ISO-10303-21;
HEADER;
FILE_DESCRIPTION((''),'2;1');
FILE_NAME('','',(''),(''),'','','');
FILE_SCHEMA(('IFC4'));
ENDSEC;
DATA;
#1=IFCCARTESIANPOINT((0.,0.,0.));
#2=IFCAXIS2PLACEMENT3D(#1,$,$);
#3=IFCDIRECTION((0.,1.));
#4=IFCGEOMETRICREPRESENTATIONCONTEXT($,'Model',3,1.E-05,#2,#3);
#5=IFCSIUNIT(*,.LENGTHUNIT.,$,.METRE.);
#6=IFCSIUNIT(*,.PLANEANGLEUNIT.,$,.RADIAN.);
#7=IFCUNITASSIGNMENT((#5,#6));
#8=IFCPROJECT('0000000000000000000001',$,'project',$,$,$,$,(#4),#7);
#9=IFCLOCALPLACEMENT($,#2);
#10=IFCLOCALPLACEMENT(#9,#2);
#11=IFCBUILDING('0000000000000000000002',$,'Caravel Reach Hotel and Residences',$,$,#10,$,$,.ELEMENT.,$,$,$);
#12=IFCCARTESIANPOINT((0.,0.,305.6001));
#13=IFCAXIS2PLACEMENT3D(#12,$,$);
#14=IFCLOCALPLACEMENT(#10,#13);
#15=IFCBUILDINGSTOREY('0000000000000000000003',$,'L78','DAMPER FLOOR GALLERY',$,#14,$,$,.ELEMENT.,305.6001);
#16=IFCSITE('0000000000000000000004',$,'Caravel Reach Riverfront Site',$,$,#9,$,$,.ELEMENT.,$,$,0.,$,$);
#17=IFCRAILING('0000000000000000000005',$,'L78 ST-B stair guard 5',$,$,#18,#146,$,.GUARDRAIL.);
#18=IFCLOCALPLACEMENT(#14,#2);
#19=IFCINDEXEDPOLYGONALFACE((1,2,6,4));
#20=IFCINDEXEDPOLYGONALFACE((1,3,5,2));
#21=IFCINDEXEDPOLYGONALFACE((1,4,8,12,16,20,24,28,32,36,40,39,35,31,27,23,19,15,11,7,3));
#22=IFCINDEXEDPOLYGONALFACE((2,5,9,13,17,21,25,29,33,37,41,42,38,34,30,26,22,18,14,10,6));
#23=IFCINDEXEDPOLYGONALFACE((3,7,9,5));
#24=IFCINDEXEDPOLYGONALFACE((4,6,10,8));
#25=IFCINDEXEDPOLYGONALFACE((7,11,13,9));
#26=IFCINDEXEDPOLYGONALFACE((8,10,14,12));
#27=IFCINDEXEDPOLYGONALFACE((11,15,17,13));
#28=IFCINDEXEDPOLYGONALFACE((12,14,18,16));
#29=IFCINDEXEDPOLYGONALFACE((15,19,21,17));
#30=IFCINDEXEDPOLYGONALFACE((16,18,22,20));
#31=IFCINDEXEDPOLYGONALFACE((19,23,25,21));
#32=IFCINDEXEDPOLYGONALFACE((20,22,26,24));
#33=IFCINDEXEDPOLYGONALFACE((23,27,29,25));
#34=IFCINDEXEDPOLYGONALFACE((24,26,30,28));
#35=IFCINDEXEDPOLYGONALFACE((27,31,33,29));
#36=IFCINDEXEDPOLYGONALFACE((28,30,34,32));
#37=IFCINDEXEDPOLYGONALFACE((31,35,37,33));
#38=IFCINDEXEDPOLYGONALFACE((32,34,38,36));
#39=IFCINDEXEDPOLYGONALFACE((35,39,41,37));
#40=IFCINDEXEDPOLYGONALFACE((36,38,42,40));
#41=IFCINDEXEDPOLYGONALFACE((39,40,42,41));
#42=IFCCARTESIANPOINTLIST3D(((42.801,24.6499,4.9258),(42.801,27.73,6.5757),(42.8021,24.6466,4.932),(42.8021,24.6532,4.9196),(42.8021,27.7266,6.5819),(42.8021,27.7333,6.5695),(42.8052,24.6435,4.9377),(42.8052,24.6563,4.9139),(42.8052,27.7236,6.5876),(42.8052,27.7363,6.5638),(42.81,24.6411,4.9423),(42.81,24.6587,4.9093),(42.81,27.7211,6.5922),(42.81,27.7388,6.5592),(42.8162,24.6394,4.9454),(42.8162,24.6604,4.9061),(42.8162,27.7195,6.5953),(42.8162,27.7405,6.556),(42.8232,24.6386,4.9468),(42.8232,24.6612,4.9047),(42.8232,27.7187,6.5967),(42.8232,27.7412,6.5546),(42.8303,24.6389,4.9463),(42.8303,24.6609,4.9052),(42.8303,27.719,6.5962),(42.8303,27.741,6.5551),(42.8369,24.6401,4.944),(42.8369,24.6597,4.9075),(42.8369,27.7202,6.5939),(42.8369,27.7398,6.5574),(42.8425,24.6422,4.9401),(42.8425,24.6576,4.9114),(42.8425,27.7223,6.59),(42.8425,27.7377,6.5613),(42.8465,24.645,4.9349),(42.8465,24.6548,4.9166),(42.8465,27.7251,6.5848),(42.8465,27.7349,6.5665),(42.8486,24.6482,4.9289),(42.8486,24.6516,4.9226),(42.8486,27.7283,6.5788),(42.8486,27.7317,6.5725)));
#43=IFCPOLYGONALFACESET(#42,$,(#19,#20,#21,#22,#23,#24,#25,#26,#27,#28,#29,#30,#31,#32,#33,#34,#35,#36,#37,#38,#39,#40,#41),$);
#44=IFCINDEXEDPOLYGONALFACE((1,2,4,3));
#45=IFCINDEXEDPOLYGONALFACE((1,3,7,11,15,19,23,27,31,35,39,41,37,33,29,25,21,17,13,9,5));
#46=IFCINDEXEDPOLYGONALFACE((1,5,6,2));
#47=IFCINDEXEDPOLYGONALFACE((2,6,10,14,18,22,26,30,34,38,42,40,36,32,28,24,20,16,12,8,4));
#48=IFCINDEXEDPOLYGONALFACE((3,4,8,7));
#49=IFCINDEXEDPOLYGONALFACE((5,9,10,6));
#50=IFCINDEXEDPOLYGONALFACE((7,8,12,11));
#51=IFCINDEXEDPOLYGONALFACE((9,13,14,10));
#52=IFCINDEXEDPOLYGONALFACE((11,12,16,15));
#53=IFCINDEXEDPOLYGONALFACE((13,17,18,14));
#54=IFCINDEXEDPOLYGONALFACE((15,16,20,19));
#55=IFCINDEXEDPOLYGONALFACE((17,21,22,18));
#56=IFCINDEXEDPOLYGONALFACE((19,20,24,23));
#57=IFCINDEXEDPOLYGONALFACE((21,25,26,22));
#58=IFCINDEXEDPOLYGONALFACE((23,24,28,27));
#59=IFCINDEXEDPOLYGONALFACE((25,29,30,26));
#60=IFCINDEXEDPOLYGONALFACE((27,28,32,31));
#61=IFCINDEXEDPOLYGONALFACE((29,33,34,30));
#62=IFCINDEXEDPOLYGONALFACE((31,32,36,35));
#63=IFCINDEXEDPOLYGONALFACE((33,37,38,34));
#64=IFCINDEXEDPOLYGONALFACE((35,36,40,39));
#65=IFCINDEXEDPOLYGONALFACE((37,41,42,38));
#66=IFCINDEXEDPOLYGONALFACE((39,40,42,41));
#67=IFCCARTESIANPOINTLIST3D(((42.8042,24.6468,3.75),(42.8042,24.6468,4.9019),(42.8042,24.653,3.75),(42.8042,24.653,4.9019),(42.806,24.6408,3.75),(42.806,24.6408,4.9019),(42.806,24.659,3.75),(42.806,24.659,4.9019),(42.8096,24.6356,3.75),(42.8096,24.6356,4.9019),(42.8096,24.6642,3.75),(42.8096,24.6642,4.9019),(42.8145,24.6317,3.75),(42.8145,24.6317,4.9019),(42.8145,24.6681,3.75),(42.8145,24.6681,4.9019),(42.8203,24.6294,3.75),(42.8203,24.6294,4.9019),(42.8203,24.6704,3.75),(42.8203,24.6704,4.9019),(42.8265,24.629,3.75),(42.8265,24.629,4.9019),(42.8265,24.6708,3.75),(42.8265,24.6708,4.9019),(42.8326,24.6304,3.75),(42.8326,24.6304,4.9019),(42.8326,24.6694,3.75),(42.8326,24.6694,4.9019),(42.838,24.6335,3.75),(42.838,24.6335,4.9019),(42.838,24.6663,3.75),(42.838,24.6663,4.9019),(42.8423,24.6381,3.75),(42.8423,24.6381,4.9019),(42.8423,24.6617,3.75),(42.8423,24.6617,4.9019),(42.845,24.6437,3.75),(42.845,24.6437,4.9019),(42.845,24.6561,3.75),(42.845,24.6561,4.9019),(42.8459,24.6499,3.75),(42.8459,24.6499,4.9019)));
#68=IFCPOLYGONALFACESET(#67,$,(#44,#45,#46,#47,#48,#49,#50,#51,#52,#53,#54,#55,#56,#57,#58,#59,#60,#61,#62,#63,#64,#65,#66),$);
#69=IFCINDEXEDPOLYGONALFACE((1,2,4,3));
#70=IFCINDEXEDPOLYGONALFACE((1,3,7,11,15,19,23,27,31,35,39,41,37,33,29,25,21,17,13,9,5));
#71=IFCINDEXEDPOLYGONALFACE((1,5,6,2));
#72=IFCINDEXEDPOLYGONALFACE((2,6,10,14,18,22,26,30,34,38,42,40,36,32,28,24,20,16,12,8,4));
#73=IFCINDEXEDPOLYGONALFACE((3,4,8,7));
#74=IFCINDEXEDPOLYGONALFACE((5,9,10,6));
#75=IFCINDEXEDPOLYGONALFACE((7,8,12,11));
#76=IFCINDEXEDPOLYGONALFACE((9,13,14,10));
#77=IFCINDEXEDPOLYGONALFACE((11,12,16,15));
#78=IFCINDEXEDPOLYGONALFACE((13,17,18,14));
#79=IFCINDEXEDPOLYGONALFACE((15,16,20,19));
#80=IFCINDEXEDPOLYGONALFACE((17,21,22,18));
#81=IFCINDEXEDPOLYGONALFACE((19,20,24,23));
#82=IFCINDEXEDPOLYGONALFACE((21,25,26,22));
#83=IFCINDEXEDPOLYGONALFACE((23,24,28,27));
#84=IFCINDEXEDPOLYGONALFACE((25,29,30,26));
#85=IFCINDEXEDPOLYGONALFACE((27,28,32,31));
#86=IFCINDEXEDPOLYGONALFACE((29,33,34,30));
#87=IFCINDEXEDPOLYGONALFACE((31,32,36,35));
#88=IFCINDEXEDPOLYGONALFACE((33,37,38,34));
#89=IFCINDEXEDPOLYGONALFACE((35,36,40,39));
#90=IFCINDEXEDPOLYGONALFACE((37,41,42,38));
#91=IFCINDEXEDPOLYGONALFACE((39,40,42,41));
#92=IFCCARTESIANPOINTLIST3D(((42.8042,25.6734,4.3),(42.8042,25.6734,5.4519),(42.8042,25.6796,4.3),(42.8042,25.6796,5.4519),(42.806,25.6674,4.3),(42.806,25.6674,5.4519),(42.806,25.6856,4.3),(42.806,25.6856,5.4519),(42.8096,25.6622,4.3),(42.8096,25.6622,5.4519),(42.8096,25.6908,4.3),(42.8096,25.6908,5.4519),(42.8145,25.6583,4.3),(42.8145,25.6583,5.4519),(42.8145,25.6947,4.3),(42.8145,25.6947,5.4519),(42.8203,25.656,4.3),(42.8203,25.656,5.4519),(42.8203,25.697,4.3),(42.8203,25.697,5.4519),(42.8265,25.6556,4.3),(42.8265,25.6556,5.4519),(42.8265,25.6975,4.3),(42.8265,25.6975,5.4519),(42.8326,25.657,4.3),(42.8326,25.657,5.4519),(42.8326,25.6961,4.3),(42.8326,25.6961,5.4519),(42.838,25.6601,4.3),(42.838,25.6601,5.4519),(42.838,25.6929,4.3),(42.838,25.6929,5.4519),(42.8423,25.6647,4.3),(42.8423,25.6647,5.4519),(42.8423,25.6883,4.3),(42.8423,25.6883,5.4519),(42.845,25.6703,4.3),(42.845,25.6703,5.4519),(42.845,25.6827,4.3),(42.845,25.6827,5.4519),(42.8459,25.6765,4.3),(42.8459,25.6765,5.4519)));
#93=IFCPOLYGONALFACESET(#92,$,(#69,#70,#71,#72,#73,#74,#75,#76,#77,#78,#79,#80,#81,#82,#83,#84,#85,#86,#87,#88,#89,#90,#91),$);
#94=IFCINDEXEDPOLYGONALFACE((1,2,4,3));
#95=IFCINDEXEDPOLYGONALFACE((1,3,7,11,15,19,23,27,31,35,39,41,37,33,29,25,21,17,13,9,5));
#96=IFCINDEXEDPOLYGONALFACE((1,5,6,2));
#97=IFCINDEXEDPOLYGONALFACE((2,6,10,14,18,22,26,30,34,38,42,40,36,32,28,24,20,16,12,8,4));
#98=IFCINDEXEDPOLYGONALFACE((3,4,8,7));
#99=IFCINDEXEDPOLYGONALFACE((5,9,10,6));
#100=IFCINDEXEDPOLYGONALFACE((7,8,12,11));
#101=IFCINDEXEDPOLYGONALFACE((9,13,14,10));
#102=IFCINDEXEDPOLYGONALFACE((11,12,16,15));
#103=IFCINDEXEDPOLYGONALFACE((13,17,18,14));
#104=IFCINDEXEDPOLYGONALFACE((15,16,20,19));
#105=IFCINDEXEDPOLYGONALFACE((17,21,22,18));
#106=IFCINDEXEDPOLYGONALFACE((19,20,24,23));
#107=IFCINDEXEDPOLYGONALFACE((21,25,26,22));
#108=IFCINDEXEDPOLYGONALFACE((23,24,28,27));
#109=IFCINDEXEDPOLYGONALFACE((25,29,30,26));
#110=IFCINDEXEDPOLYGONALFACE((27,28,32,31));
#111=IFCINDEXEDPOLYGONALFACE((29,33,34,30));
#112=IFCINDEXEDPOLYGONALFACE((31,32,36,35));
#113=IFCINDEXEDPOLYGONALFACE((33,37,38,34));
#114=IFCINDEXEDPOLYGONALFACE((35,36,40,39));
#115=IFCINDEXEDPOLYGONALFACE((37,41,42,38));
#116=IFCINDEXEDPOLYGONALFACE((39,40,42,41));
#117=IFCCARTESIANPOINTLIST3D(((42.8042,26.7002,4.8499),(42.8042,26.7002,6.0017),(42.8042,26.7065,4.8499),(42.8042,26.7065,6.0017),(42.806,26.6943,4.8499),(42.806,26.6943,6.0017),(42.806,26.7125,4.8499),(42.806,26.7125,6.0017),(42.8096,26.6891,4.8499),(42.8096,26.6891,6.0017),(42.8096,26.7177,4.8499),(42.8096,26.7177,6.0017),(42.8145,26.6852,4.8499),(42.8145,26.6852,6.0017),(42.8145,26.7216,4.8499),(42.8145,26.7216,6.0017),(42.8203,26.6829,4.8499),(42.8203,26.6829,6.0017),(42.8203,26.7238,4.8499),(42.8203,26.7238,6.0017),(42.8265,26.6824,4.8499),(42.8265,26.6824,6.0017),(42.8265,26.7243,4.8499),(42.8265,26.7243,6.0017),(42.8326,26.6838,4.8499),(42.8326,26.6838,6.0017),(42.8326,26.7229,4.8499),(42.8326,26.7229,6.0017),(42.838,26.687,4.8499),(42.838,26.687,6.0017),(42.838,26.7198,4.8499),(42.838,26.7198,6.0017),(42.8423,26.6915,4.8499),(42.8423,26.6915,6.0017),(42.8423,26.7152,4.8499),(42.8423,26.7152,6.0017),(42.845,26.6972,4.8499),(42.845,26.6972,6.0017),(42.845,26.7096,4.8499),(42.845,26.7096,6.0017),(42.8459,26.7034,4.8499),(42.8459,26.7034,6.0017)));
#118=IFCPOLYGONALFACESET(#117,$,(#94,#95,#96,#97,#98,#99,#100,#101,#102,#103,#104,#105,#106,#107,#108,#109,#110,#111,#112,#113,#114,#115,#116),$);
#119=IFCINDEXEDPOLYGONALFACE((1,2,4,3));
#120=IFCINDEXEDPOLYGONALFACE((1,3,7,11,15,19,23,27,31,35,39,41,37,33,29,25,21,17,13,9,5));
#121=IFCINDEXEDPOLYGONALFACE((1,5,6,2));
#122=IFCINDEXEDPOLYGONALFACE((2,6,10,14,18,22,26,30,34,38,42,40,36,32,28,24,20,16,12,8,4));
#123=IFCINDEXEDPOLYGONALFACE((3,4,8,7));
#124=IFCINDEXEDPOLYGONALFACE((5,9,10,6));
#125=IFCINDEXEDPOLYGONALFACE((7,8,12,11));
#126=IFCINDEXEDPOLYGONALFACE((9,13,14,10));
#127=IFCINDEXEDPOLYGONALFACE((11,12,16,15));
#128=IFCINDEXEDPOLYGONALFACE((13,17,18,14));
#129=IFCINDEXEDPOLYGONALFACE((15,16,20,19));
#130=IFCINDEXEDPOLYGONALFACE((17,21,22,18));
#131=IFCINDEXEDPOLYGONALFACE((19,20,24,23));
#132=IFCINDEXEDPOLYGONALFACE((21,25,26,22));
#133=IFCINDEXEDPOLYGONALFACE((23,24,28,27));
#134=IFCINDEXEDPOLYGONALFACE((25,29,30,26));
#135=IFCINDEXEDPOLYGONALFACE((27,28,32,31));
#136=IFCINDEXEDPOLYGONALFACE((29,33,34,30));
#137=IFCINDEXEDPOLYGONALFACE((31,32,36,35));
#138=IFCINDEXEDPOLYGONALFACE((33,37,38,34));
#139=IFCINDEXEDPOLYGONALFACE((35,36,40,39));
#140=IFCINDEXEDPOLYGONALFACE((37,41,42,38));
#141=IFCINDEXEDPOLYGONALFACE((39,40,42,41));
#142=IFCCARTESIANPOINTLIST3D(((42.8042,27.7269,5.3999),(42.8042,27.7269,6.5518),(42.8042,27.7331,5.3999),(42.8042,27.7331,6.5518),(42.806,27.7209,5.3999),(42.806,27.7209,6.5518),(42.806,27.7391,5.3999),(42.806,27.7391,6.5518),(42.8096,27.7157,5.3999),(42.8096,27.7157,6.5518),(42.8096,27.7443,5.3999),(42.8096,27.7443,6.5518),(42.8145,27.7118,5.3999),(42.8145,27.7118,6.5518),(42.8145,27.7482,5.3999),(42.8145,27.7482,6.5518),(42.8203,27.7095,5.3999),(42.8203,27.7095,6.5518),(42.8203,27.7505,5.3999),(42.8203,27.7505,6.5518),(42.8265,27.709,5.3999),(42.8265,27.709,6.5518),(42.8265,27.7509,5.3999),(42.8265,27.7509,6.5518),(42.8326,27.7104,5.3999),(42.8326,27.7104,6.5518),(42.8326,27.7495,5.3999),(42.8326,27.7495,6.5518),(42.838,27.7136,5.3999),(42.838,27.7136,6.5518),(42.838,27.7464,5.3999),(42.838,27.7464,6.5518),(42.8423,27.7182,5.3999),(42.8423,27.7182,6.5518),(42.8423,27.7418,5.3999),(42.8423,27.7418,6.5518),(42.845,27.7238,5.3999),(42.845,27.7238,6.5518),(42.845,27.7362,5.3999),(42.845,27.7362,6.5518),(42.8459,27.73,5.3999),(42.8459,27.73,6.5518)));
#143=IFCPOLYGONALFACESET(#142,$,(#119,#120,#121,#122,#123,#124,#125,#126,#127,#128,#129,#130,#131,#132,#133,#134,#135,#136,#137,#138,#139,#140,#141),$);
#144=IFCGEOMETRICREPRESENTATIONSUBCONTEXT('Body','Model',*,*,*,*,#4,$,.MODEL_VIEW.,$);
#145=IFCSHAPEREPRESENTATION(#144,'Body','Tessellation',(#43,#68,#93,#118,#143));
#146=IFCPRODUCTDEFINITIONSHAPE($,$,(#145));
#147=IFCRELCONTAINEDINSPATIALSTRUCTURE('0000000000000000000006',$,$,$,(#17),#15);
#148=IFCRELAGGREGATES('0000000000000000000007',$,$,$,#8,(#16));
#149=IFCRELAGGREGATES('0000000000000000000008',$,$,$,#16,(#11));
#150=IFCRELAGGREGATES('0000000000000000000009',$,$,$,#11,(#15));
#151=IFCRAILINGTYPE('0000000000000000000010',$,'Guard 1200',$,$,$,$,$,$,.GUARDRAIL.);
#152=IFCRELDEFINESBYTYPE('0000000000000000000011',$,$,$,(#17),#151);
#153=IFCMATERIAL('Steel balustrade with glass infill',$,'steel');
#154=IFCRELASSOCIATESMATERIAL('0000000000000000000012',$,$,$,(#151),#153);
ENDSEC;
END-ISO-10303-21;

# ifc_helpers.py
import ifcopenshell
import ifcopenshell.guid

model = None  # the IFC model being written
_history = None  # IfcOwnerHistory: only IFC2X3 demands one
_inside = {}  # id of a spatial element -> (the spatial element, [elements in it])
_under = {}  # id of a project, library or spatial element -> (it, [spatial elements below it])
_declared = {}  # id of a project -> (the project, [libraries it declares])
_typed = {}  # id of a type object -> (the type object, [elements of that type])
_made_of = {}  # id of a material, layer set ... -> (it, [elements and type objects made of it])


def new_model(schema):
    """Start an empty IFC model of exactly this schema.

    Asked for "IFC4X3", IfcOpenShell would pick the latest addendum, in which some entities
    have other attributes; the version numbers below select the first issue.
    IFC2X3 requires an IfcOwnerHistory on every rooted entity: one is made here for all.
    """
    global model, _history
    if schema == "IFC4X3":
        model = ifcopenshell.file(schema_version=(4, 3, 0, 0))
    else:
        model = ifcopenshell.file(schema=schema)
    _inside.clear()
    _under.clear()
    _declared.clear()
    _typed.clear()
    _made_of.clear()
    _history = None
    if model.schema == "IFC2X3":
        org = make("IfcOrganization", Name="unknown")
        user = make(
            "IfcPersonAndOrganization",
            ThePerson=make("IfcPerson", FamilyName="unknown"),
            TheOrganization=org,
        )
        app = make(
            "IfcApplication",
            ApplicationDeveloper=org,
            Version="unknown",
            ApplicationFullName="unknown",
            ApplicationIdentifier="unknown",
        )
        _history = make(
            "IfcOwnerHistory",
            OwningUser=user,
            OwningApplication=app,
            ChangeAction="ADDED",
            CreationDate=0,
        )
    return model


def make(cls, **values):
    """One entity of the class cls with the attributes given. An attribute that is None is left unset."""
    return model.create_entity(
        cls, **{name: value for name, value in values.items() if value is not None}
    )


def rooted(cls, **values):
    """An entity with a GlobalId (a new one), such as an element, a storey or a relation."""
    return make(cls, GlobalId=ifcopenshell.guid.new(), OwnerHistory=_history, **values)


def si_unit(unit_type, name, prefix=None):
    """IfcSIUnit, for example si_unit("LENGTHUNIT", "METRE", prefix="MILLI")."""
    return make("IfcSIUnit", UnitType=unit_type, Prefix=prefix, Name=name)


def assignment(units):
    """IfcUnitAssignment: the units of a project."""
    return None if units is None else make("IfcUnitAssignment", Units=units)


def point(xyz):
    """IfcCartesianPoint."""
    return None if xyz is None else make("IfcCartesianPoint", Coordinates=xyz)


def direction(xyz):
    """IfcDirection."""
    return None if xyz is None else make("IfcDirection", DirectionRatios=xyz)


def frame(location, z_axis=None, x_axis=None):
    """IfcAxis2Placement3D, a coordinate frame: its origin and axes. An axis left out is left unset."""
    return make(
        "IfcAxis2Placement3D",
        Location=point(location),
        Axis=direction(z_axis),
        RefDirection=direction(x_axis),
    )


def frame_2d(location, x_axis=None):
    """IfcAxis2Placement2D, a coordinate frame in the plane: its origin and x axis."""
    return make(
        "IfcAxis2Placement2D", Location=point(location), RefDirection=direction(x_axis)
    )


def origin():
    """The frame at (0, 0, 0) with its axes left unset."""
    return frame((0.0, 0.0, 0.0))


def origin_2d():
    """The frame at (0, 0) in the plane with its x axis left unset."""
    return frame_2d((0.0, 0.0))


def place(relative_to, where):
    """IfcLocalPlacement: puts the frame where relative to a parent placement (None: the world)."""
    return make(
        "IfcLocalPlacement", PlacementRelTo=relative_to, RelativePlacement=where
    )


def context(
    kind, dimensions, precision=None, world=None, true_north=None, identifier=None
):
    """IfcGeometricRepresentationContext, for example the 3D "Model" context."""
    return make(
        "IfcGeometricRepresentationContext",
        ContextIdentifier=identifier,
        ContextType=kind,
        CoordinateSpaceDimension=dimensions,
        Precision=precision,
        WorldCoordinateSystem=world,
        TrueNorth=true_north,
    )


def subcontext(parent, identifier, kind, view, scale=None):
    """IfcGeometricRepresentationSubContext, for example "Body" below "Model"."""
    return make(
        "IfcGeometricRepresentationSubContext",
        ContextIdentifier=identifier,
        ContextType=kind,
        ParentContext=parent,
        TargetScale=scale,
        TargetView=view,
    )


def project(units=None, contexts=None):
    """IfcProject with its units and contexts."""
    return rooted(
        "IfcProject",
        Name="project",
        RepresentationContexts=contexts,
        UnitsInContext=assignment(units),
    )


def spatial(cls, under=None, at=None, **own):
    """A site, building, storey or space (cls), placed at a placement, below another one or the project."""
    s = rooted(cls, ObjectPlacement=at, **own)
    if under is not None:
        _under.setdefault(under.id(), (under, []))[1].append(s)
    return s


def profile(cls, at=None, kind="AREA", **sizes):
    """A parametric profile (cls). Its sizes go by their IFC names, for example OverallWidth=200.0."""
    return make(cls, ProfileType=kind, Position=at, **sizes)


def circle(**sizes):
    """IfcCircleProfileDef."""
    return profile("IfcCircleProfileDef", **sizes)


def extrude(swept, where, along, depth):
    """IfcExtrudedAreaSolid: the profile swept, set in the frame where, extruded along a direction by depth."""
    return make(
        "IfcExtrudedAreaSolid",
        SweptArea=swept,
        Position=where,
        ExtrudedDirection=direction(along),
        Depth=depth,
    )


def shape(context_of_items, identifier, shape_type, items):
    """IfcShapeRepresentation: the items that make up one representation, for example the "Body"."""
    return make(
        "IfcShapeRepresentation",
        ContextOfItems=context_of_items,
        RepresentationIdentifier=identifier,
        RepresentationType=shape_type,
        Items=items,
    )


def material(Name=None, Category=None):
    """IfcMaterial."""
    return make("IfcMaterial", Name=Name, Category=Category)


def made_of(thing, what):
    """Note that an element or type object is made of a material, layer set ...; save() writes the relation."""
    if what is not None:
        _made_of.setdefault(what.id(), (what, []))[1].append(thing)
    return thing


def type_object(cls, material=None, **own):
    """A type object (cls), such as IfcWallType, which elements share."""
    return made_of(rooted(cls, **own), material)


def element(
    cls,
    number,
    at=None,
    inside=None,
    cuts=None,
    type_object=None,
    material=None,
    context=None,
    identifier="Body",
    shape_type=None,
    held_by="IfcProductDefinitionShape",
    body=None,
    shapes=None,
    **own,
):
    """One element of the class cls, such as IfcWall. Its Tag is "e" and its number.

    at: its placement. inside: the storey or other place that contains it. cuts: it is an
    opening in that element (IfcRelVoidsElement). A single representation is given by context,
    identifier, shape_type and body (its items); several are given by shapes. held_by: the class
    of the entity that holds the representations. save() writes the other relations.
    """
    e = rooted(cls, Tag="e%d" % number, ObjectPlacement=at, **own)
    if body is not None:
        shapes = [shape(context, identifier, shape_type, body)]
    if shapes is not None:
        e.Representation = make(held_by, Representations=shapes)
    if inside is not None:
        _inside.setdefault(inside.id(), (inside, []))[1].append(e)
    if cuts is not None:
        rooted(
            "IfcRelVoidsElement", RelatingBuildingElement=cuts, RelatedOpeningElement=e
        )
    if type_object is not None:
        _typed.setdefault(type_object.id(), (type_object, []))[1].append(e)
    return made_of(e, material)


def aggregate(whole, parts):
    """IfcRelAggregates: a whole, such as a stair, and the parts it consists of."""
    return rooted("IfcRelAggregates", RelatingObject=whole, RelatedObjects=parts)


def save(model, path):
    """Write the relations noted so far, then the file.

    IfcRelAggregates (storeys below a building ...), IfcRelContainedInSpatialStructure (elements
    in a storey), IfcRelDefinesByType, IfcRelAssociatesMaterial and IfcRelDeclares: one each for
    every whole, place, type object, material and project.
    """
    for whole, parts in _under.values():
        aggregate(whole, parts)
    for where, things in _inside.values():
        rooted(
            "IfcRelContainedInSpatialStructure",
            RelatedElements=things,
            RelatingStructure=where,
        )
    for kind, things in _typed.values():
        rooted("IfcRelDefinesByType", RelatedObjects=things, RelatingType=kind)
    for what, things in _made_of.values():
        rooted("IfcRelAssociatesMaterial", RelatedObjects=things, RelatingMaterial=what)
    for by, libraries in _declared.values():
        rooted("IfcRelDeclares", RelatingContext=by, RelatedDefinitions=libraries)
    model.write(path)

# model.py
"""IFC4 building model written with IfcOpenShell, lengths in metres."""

from ifc_helpers import new_model, si_unit, direction, frame, origin, origin_2d, place, context, subcontext, project, spatial, circle, extrude, material, type_object, element, save


model = new_model("IFC4")

# Units and contexts
model_context = context("Model", 3, precision=1e-05, world=origin(), true_north=direction((0.0, 1.0)))
body_context = subcontext(model_context, "Body", "Model", "MODEL_VIEW")
ifc_project = project(units=[si_unit("LENGTHUNIT", "METRE"), si_unit("PLANEANGLEUNIT", "RADIAN")], contexts=[model_context])

# Site, building, storey
site_placement = place(None, origin())
site = spatial("IfcSite", under=ifc_project, at=site_placement, Name="Caravel Reach Riverfront Site", CompositionType="ELEMENT", RefElevation=0.0)
building_placement = place(site_placement, origin())
building = spatial("IfcBuilding", under=site, at=building_placement, Name="Caravel Reach Hotel and Residences", CompositionType="ELEMENT")
storey_placement = place(building_placement, frame((0.0, 0.0, 305.6001)))
storey = spatial("IfcBuildingStorey", under=building, at=storey_placement, Name="L78", Description="DAMPER FLOOR GALLERY", CompositionType="ELEMENT", Elevation=305.6001)

# Railing
ifc_material_1 = material(Name="Steel balustrade with glass infill", Category="steel")
railing_type_1 = type_object("IfcRailingType", Name="Guard 1200", PredefinedType="GUARDRAIL", material=ifc_material_1)
railing_1_placement = place(storey_placement, frame((42.825, 24.6499, 3.75)))
element("IfcRailing", 1, at=railing_1_placement, inside=storey, type_object=railing_type_1, Name="L78 ST-B stair guard 5", PredefinedType="GUARDRAIL", context=body_context, shape_type="SweptSolid", body=[
    extrude(circle(Radius=0.0239, at=origin_2d()), frame((0.0, 0.0, 1.1758), z_axis=(0.0, 0.881497, 0.47219), x_axis=(-1.0, 0.0, 0.0)), (0.0, 0.0, 1.0), 3.4941),
    extrude(circle(Radius=0.021, at=origin_2d()), origin(), (0.0, 0.0, 1.0), 1.1519),
    extrude(circle(Radius=0.021, at=origin_2d()), frame((0.0, 1.0266, 0.55)), (0.0, 0.0, 1.0), 1.1519),
    extrude(circle(Radius=0.021, at=origin_2d()), frame((0.0, 2.0535, 1.0999)), (0.0, 0.0, 1.0), 1.1519),
    extrude(circle(Radius=0.021, at=origin_2d()), frame((0.0, 3.0801, 1.6499)), (0.0, 0.0, 1.0), 1.1519),
])

save(model, "model.ifc")
